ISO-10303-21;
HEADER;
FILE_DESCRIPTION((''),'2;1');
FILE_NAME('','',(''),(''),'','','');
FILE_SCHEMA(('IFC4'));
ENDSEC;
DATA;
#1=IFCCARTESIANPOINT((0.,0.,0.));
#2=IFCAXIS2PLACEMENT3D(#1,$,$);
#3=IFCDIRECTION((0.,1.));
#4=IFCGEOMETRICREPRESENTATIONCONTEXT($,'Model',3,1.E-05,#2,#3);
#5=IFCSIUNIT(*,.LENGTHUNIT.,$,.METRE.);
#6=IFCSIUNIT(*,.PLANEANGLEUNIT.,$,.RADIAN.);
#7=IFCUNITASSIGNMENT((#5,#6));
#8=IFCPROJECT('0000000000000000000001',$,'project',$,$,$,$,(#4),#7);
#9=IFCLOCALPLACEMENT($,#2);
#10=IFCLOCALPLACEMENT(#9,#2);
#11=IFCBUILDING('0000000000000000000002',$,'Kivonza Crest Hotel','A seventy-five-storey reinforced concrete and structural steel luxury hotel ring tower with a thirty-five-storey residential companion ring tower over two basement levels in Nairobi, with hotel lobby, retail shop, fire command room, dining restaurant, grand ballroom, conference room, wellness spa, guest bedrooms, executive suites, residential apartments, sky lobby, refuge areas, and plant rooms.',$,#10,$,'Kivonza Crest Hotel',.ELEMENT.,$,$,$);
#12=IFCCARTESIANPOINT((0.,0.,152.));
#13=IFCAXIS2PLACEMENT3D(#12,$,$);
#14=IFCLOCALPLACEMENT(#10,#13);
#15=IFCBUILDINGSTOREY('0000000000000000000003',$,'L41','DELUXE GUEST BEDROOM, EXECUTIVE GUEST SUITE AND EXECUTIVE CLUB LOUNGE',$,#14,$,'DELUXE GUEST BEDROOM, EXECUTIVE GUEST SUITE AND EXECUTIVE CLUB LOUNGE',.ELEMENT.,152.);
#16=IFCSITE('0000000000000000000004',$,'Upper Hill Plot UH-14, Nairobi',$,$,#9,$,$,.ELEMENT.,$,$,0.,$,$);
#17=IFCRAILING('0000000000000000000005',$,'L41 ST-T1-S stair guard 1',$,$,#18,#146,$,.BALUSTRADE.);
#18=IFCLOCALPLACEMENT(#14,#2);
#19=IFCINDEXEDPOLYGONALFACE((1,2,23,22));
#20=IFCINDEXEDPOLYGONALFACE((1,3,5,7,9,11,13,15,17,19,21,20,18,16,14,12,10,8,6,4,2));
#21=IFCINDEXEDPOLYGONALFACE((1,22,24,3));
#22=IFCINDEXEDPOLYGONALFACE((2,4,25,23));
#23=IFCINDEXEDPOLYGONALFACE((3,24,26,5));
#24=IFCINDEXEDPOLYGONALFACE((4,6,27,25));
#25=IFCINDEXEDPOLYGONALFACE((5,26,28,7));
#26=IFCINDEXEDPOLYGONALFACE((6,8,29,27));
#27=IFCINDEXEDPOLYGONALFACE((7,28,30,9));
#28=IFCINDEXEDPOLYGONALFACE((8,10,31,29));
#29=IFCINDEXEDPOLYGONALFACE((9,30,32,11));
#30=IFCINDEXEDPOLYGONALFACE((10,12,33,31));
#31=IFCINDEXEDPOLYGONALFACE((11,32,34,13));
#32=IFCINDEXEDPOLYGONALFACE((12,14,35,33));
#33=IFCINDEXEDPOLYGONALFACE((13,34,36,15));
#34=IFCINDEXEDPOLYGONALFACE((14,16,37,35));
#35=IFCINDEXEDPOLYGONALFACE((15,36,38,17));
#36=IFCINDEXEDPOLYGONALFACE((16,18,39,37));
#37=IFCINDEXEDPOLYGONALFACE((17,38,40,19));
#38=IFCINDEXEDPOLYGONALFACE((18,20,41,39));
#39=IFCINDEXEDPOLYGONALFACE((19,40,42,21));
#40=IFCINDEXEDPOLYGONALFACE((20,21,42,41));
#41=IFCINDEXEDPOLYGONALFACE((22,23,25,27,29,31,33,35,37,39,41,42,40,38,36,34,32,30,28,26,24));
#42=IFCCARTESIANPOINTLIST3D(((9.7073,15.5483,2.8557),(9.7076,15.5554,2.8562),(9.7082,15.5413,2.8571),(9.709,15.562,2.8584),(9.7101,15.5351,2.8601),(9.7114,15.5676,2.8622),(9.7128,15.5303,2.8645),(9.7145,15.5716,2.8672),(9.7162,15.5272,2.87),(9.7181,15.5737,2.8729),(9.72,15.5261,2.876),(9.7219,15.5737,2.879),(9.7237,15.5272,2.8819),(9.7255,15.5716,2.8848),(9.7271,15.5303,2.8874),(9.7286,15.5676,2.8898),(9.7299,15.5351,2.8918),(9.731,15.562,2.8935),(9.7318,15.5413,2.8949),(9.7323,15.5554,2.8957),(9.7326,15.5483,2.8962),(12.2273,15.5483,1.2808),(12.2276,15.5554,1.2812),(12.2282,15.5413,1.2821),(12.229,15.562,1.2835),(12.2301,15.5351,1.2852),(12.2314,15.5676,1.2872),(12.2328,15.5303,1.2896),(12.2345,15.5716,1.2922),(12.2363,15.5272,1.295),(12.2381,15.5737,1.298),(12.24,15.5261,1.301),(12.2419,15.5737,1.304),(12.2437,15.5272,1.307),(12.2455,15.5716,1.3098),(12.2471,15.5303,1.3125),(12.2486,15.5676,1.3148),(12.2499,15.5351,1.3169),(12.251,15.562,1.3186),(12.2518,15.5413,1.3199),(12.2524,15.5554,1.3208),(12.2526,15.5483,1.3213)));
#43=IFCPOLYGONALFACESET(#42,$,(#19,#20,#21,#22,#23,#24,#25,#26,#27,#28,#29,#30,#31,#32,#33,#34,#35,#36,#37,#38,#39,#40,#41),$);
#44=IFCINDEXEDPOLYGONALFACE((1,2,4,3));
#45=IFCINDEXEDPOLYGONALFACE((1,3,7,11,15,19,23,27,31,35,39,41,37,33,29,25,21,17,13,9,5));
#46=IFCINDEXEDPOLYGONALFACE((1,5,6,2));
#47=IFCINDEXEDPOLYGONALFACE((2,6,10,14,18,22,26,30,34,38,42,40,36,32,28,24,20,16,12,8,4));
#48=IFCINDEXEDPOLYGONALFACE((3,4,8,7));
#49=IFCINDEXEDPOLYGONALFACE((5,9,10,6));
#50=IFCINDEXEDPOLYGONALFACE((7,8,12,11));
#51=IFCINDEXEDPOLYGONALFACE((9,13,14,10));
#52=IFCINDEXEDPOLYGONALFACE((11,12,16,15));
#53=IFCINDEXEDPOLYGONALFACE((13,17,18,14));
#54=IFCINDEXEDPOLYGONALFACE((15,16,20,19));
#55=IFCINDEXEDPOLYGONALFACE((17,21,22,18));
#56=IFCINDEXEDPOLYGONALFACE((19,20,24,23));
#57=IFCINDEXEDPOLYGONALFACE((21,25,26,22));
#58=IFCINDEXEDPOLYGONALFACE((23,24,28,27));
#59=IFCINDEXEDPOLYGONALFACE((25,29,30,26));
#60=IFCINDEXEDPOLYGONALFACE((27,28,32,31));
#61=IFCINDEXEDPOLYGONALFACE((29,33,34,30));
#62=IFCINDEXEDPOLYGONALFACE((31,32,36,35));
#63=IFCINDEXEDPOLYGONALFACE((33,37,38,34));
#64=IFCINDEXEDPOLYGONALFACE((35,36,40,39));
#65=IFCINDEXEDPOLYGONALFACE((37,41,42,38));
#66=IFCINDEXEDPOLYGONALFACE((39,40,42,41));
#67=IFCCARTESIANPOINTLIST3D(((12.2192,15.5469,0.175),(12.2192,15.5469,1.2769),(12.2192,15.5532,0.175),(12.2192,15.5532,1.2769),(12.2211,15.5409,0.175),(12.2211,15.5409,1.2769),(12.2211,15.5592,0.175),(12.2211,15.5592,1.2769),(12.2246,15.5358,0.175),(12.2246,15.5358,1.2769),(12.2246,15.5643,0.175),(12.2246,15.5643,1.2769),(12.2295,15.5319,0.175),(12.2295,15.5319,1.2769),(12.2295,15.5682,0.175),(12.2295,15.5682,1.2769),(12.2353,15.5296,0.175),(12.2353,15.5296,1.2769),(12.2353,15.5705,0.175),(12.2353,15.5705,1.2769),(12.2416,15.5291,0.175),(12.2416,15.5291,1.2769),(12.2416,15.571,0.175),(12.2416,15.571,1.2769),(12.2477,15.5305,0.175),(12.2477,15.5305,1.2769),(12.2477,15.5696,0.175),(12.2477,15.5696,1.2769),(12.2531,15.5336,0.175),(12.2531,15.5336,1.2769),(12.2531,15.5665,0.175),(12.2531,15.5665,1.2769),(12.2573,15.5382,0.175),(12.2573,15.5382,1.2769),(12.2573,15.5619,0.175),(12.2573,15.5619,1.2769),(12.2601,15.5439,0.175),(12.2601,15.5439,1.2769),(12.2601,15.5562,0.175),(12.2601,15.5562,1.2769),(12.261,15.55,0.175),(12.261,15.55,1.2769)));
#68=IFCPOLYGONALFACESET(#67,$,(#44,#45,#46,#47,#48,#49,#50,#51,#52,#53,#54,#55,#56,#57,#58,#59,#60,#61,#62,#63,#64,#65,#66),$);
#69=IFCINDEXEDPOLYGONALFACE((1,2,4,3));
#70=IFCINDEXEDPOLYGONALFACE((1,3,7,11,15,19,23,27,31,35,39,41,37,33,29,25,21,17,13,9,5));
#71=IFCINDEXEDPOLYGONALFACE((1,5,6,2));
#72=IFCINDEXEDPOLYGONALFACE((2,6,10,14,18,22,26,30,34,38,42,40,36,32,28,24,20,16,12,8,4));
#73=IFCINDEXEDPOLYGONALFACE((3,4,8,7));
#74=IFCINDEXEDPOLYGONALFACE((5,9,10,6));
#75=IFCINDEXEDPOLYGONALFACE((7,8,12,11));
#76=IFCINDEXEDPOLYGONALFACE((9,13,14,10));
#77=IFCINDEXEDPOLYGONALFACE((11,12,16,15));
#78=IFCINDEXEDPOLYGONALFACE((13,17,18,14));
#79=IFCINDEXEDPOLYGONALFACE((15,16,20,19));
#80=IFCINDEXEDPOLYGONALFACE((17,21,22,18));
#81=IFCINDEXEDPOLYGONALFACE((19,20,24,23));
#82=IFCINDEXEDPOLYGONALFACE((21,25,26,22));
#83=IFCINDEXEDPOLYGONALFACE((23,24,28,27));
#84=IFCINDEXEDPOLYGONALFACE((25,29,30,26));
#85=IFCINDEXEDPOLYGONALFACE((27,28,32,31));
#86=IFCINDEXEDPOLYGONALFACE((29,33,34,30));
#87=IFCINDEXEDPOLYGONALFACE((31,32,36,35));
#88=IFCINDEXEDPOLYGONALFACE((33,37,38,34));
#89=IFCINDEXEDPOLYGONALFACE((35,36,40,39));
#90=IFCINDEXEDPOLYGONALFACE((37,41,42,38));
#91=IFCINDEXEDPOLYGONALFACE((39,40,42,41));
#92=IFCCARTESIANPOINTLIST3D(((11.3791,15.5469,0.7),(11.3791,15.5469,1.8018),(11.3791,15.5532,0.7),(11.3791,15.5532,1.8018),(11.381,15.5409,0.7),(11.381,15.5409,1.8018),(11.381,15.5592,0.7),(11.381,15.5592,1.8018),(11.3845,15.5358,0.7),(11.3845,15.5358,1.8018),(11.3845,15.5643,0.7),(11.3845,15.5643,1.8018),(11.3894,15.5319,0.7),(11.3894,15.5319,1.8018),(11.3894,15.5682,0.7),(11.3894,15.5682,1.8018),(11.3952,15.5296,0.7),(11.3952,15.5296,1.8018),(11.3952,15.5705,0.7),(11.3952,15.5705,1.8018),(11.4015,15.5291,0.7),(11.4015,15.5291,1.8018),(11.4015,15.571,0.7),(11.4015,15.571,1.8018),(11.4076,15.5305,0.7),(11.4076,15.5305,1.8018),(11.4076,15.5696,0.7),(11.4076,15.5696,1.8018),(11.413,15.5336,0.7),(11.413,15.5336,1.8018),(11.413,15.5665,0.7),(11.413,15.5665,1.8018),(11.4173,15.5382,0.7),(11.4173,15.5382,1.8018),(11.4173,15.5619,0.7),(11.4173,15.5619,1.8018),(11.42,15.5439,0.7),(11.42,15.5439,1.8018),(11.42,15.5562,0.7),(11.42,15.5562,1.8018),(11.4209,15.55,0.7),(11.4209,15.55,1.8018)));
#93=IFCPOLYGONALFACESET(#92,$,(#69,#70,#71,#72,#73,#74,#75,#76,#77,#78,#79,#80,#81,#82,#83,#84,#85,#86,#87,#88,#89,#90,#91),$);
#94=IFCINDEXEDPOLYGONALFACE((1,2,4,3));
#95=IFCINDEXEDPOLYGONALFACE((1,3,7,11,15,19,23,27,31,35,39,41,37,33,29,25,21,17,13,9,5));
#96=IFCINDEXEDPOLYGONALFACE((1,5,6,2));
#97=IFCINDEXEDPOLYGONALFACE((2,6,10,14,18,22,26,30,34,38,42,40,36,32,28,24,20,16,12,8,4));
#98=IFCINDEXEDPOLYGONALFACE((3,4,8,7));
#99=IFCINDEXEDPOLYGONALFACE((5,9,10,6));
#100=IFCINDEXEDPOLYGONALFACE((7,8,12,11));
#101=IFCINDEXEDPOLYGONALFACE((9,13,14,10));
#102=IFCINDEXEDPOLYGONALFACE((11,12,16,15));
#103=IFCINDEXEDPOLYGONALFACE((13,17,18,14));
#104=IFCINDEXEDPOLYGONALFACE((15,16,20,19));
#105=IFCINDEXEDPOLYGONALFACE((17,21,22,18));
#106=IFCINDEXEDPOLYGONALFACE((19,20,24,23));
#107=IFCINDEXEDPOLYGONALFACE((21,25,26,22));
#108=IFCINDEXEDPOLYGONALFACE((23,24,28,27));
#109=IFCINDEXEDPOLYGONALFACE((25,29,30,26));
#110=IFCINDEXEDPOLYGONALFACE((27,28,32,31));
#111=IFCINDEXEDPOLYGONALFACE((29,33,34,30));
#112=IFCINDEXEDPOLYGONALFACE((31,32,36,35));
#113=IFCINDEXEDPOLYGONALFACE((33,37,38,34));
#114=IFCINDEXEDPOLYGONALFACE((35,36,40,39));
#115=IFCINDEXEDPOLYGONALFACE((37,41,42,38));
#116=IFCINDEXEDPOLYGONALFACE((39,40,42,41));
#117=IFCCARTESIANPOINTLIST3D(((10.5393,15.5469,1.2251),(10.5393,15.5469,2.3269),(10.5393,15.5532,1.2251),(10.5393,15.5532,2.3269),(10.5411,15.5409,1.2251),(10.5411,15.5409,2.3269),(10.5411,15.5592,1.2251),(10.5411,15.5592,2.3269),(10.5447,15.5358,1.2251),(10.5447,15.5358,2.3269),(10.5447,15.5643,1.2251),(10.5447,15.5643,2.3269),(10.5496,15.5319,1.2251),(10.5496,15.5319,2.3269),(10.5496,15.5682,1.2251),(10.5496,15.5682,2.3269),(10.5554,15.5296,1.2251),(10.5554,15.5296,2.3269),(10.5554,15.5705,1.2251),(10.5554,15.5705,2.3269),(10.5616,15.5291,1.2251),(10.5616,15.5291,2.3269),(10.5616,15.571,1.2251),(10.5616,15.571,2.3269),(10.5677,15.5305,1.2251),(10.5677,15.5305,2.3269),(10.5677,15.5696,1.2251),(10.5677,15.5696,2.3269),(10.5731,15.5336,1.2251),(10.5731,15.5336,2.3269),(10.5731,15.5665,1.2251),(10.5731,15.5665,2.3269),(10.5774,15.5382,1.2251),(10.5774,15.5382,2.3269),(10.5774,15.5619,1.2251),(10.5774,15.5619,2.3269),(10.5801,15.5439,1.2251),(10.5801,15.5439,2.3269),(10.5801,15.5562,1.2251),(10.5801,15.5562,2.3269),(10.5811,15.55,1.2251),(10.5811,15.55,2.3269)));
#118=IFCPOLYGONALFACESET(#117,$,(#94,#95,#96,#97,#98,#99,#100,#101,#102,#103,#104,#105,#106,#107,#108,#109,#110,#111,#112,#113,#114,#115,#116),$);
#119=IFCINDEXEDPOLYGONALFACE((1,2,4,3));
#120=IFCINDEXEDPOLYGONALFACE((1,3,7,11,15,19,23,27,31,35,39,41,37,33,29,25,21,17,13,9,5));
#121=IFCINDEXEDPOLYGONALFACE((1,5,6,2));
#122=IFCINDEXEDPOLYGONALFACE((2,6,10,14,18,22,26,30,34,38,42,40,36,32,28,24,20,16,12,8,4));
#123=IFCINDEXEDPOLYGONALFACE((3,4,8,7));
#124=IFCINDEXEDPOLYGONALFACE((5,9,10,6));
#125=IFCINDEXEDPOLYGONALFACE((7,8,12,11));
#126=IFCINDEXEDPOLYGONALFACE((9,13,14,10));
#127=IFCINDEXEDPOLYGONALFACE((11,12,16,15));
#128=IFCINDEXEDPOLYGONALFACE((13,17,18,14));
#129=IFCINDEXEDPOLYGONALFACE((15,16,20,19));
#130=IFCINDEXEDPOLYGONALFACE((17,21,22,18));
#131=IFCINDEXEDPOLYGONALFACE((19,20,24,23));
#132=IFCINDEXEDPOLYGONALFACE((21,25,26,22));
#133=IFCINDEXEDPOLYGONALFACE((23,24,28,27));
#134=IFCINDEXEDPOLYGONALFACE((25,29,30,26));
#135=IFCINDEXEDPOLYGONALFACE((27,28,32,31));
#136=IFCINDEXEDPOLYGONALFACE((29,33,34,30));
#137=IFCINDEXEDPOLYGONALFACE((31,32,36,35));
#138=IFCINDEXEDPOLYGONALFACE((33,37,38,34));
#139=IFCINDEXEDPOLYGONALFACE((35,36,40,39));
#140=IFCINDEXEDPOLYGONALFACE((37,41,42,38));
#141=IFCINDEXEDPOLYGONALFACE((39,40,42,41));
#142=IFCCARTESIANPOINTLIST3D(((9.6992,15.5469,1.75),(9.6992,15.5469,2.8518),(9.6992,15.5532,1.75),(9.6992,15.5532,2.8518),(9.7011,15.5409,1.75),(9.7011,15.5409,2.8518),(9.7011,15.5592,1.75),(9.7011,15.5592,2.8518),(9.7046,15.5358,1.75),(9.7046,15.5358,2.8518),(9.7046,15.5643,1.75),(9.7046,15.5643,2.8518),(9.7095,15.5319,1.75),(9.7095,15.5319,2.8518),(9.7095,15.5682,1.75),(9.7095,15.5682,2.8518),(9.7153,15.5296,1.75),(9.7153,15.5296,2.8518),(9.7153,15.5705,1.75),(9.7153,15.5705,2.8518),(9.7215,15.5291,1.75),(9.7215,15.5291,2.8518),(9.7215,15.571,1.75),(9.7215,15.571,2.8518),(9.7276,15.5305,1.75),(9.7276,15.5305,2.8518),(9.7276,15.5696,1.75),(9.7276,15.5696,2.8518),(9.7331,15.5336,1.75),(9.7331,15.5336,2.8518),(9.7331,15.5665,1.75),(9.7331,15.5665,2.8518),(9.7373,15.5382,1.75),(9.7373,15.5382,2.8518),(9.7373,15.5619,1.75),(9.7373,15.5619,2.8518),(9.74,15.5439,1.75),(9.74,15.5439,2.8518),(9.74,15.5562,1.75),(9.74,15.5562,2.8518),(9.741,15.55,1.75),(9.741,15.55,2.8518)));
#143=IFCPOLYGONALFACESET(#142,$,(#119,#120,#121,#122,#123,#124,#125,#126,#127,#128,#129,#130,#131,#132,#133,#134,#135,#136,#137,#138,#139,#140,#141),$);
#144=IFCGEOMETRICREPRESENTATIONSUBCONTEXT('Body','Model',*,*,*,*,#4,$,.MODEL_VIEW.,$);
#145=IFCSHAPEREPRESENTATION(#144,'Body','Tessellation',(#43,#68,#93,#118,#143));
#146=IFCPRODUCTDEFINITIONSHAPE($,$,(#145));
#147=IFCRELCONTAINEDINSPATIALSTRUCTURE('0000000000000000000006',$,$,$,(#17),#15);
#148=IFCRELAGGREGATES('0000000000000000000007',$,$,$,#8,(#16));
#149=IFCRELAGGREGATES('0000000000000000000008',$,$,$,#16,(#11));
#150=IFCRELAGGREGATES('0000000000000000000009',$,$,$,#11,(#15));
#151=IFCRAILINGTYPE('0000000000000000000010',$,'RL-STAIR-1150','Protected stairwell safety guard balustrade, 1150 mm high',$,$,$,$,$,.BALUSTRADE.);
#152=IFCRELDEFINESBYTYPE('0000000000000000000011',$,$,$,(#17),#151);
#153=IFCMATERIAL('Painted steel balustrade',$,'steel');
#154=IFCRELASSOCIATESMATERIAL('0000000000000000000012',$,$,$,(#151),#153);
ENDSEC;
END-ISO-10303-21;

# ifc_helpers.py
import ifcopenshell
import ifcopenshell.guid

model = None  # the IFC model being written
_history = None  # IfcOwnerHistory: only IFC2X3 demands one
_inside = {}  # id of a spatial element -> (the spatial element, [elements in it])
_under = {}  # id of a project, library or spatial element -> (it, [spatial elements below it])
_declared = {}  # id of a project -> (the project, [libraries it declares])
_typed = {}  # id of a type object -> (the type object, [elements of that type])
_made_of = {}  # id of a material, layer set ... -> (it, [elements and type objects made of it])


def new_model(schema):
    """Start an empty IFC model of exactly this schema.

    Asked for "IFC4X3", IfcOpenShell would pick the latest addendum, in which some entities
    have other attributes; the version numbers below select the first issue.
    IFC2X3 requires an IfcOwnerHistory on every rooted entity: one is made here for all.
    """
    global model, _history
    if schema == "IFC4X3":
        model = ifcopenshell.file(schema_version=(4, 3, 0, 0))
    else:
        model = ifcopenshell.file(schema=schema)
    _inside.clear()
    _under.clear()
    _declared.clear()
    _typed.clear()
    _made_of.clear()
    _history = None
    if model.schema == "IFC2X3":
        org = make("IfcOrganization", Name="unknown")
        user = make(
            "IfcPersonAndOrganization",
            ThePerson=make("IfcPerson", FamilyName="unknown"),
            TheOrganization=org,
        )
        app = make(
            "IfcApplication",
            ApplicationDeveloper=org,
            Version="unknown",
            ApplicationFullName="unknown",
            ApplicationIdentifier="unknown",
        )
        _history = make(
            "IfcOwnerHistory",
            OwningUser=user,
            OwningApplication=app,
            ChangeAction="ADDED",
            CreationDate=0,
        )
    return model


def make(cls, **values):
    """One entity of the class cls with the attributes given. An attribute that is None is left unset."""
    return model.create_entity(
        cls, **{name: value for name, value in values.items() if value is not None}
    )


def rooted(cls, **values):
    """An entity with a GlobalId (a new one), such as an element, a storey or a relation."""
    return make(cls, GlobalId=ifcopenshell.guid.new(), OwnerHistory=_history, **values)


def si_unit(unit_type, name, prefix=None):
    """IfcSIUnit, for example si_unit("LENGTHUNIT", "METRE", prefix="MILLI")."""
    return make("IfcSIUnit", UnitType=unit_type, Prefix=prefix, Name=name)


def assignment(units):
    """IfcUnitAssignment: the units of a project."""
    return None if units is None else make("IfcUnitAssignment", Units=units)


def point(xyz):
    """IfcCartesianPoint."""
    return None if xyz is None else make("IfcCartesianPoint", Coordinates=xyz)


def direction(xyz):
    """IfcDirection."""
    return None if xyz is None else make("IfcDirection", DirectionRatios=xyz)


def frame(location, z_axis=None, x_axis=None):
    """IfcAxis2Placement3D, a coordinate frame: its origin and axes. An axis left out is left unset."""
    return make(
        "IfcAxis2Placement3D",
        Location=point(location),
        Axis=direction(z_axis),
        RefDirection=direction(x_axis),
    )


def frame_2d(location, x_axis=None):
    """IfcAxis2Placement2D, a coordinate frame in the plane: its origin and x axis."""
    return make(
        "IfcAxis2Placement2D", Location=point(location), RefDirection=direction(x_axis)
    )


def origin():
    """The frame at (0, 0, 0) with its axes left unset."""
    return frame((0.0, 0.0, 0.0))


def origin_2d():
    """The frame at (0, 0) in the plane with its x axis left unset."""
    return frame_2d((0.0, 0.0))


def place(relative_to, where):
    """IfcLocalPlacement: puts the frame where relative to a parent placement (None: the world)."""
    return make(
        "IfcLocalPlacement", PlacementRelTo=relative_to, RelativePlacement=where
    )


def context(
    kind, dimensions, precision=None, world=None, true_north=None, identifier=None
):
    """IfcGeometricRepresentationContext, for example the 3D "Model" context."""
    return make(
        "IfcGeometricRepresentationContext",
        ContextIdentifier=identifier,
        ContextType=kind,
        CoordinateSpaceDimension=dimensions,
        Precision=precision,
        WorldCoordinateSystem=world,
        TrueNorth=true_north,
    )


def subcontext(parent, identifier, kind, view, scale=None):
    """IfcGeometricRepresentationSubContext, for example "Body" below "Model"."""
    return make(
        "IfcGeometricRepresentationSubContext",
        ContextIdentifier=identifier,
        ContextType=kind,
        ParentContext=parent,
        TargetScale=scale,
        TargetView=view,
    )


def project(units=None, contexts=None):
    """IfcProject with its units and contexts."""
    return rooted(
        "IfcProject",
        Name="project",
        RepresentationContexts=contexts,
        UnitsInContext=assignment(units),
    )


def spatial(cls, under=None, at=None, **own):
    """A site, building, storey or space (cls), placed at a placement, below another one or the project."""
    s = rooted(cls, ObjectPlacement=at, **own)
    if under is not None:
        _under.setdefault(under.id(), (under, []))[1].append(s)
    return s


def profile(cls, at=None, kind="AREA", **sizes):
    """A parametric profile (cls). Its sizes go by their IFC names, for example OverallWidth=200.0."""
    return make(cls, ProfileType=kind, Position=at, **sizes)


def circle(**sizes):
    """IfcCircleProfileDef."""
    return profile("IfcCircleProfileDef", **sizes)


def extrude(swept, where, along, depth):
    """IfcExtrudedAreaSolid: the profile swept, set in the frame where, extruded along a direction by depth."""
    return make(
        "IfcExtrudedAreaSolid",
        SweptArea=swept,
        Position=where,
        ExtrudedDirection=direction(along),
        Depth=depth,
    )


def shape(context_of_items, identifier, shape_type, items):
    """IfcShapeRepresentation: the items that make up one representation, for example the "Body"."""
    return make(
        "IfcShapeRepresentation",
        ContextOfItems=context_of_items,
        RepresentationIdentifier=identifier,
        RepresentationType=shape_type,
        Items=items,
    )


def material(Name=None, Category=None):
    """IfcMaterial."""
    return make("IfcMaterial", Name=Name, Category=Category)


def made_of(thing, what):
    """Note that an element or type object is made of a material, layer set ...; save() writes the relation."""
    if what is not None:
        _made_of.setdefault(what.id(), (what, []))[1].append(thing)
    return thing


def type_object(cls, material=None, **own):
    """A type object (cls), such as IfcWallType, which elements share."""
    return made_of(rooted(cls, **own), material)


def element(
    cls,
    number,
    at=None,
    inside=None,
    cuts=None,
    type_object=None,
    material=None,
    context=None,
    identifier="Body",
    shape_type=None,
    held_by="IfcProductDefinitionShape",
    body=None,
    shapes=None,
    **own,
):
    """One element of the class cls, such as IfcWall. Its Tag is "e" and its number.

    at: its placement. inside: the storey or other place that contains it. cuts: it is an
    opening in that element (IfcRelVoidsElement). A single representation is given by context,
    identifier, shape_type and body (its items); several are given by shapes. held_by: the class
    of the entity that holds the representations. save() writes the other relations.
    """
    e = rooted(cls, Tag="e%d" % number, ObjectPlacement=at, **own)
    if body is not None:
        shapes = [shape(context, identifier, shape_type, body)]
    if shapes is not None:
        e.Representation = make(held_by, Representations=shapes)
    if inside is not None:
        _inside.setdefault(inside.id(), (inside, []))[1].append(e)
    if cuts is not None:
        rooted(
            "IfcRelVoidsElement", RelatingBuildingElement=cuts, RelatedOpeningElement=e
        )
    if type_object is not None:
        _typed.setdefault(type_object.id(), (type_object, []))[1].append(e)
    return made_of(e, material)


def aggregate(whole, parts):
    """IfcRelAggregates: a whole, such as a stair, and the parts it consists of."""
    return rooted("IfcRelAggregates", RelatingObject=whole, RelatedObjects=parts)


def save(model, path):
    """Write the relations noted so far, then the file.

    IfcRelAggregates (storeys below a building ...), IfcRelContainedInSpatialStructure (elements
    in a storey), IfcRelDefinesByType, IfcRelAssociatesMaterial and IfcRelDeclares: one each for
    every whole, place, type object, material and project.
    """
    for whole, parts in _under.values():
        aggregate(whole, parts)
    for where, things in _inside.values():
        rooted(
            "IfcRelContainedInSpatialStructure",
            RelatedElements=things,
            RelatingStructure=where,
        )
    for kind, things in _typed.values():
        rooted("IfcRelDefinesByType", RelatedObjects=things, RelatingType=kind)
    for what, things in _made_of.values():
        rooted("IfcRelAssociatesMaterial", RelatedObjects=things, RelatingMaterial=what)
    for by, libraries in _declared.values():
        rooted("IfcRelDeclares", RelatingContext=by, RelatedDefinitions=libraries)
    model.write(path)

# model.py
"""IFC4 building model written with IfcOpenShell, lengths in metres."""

from ifc_helpers import new_model, si_unit, direction, frame, origin, origin_2d, place, context, subcontext, project, spatial, circle, extrude, material, type_object, element, save


model = new_model("IFC4")

# Units and contexts
model_context = context("Model", 3, precision=1e-05, world=origin(), true_north=direction((0.0, 1.0)))
body_context = subcontext(model_context, "Body", "Model", "MODEL_VIEW")
ifc_project = project(units=[si_unit("LENGTHUNIT", "METRE"), si_unit("PLANEANGLEUNIT", "RADIAN")], contexts=[model_context])

# Site, building, storey
site_placement = place(None, origin())
site = spatial("IfcSite", under=ifc_project, at=site_placement, Name="Upper Hill Plot UH-14, Nairobi", CompositionType="ELEMENT", RefElevation=0.0)
building_placement = place(site_placement, origin())
building = spatial("IfcBuilding", under=site, at=building_placement, Name="Kivonza Crest Hotel", Description="A seventy-five-storey reinforced concrete and structural steel luxury hotel ring tower with a thirty-five-storey residential companion ring tower over two basement levels in Nairobi, with hotel lobby, retail shop, fire command room, dining restaurant, grand ballroom, conference room, wellness spa, guest bedrooms, executive suites, residential apartments, sky lobby, refuge areas, and plant rooms.", LongName="Kivonza Crest Hotel", CompositionType="ELEMENT")
storey_placement = place(building_placement, frame((0.0, 0.0, 152.0)))
storey = spatial("IfcBuildingStorey", under=building, at=storey_placement, Name="L41", Description="DELUXE GUEST BEDROOM, EXECUTIVE GUEST SUITE AND EXECUTIVE CLUB LOUNGE", LongName="DELUXE GUEST BEDROOM, EXECUTIVE GUEST SUITE AND EXECUTIVE CLUB LOUNGE", CompositionType="ELEMENT", Elevation=152.0)

# Railing
ifc_material_1 = material(Name="Painted steel balustrade", Category="steel")
railing_type_1 = type_object("IfcRailingType", Name="RL-STAIR-1150", Description="Protected stairwell safety guard balustrade, 1150 mm high", PredefinedType="BALUSTRADE", material=ifc_material_1)
railing_1_placement = place(storey_placement, frame((12.24, 15.55, 0.175)))
element("IfcRailing", 1, at=railing_1_placement, inside=storey, type_object=railing_type_1, Name="L41 ST-T1-S stair guard 1", PredefinedType="BALUSTRADE", context=body_context, shape_type="SweptSolid", body=[
    extrude(circle(Radius=0.0239, at=origin_2d()), frame((0.0, 0.0, 1.126), z_axis=(-0.848008, 0.0, 0.529984), x_axis=(0.0, -1.0, 0.0)), (0.0, 0.0, 1.0), 2.9717),
    extrude(circle(Radius=0.021, at=origin_2d()), origin(), (0.0, 0.0, 1.0), 1.1018),
    extrude(circle(Radius=0.021, at=origin_2d()), frame((-0.8401, 0.0, 0.5249)), (0.0, 0.0, 1.0), 1.1018),
    extrude(circle(Radius=0.021, at=origin_2d()), frame((-1.6799, 0.0, 1.05)), (0.0, 0.0, 1.0), 1.1018),
    extrude(circle(Radius=0.021, at=origin_2d()), frame((-2.52, 0.0, 1.575)), (0.0, 0.0, 1.0), 1.1018),
])

save(model, "model.ifc")
